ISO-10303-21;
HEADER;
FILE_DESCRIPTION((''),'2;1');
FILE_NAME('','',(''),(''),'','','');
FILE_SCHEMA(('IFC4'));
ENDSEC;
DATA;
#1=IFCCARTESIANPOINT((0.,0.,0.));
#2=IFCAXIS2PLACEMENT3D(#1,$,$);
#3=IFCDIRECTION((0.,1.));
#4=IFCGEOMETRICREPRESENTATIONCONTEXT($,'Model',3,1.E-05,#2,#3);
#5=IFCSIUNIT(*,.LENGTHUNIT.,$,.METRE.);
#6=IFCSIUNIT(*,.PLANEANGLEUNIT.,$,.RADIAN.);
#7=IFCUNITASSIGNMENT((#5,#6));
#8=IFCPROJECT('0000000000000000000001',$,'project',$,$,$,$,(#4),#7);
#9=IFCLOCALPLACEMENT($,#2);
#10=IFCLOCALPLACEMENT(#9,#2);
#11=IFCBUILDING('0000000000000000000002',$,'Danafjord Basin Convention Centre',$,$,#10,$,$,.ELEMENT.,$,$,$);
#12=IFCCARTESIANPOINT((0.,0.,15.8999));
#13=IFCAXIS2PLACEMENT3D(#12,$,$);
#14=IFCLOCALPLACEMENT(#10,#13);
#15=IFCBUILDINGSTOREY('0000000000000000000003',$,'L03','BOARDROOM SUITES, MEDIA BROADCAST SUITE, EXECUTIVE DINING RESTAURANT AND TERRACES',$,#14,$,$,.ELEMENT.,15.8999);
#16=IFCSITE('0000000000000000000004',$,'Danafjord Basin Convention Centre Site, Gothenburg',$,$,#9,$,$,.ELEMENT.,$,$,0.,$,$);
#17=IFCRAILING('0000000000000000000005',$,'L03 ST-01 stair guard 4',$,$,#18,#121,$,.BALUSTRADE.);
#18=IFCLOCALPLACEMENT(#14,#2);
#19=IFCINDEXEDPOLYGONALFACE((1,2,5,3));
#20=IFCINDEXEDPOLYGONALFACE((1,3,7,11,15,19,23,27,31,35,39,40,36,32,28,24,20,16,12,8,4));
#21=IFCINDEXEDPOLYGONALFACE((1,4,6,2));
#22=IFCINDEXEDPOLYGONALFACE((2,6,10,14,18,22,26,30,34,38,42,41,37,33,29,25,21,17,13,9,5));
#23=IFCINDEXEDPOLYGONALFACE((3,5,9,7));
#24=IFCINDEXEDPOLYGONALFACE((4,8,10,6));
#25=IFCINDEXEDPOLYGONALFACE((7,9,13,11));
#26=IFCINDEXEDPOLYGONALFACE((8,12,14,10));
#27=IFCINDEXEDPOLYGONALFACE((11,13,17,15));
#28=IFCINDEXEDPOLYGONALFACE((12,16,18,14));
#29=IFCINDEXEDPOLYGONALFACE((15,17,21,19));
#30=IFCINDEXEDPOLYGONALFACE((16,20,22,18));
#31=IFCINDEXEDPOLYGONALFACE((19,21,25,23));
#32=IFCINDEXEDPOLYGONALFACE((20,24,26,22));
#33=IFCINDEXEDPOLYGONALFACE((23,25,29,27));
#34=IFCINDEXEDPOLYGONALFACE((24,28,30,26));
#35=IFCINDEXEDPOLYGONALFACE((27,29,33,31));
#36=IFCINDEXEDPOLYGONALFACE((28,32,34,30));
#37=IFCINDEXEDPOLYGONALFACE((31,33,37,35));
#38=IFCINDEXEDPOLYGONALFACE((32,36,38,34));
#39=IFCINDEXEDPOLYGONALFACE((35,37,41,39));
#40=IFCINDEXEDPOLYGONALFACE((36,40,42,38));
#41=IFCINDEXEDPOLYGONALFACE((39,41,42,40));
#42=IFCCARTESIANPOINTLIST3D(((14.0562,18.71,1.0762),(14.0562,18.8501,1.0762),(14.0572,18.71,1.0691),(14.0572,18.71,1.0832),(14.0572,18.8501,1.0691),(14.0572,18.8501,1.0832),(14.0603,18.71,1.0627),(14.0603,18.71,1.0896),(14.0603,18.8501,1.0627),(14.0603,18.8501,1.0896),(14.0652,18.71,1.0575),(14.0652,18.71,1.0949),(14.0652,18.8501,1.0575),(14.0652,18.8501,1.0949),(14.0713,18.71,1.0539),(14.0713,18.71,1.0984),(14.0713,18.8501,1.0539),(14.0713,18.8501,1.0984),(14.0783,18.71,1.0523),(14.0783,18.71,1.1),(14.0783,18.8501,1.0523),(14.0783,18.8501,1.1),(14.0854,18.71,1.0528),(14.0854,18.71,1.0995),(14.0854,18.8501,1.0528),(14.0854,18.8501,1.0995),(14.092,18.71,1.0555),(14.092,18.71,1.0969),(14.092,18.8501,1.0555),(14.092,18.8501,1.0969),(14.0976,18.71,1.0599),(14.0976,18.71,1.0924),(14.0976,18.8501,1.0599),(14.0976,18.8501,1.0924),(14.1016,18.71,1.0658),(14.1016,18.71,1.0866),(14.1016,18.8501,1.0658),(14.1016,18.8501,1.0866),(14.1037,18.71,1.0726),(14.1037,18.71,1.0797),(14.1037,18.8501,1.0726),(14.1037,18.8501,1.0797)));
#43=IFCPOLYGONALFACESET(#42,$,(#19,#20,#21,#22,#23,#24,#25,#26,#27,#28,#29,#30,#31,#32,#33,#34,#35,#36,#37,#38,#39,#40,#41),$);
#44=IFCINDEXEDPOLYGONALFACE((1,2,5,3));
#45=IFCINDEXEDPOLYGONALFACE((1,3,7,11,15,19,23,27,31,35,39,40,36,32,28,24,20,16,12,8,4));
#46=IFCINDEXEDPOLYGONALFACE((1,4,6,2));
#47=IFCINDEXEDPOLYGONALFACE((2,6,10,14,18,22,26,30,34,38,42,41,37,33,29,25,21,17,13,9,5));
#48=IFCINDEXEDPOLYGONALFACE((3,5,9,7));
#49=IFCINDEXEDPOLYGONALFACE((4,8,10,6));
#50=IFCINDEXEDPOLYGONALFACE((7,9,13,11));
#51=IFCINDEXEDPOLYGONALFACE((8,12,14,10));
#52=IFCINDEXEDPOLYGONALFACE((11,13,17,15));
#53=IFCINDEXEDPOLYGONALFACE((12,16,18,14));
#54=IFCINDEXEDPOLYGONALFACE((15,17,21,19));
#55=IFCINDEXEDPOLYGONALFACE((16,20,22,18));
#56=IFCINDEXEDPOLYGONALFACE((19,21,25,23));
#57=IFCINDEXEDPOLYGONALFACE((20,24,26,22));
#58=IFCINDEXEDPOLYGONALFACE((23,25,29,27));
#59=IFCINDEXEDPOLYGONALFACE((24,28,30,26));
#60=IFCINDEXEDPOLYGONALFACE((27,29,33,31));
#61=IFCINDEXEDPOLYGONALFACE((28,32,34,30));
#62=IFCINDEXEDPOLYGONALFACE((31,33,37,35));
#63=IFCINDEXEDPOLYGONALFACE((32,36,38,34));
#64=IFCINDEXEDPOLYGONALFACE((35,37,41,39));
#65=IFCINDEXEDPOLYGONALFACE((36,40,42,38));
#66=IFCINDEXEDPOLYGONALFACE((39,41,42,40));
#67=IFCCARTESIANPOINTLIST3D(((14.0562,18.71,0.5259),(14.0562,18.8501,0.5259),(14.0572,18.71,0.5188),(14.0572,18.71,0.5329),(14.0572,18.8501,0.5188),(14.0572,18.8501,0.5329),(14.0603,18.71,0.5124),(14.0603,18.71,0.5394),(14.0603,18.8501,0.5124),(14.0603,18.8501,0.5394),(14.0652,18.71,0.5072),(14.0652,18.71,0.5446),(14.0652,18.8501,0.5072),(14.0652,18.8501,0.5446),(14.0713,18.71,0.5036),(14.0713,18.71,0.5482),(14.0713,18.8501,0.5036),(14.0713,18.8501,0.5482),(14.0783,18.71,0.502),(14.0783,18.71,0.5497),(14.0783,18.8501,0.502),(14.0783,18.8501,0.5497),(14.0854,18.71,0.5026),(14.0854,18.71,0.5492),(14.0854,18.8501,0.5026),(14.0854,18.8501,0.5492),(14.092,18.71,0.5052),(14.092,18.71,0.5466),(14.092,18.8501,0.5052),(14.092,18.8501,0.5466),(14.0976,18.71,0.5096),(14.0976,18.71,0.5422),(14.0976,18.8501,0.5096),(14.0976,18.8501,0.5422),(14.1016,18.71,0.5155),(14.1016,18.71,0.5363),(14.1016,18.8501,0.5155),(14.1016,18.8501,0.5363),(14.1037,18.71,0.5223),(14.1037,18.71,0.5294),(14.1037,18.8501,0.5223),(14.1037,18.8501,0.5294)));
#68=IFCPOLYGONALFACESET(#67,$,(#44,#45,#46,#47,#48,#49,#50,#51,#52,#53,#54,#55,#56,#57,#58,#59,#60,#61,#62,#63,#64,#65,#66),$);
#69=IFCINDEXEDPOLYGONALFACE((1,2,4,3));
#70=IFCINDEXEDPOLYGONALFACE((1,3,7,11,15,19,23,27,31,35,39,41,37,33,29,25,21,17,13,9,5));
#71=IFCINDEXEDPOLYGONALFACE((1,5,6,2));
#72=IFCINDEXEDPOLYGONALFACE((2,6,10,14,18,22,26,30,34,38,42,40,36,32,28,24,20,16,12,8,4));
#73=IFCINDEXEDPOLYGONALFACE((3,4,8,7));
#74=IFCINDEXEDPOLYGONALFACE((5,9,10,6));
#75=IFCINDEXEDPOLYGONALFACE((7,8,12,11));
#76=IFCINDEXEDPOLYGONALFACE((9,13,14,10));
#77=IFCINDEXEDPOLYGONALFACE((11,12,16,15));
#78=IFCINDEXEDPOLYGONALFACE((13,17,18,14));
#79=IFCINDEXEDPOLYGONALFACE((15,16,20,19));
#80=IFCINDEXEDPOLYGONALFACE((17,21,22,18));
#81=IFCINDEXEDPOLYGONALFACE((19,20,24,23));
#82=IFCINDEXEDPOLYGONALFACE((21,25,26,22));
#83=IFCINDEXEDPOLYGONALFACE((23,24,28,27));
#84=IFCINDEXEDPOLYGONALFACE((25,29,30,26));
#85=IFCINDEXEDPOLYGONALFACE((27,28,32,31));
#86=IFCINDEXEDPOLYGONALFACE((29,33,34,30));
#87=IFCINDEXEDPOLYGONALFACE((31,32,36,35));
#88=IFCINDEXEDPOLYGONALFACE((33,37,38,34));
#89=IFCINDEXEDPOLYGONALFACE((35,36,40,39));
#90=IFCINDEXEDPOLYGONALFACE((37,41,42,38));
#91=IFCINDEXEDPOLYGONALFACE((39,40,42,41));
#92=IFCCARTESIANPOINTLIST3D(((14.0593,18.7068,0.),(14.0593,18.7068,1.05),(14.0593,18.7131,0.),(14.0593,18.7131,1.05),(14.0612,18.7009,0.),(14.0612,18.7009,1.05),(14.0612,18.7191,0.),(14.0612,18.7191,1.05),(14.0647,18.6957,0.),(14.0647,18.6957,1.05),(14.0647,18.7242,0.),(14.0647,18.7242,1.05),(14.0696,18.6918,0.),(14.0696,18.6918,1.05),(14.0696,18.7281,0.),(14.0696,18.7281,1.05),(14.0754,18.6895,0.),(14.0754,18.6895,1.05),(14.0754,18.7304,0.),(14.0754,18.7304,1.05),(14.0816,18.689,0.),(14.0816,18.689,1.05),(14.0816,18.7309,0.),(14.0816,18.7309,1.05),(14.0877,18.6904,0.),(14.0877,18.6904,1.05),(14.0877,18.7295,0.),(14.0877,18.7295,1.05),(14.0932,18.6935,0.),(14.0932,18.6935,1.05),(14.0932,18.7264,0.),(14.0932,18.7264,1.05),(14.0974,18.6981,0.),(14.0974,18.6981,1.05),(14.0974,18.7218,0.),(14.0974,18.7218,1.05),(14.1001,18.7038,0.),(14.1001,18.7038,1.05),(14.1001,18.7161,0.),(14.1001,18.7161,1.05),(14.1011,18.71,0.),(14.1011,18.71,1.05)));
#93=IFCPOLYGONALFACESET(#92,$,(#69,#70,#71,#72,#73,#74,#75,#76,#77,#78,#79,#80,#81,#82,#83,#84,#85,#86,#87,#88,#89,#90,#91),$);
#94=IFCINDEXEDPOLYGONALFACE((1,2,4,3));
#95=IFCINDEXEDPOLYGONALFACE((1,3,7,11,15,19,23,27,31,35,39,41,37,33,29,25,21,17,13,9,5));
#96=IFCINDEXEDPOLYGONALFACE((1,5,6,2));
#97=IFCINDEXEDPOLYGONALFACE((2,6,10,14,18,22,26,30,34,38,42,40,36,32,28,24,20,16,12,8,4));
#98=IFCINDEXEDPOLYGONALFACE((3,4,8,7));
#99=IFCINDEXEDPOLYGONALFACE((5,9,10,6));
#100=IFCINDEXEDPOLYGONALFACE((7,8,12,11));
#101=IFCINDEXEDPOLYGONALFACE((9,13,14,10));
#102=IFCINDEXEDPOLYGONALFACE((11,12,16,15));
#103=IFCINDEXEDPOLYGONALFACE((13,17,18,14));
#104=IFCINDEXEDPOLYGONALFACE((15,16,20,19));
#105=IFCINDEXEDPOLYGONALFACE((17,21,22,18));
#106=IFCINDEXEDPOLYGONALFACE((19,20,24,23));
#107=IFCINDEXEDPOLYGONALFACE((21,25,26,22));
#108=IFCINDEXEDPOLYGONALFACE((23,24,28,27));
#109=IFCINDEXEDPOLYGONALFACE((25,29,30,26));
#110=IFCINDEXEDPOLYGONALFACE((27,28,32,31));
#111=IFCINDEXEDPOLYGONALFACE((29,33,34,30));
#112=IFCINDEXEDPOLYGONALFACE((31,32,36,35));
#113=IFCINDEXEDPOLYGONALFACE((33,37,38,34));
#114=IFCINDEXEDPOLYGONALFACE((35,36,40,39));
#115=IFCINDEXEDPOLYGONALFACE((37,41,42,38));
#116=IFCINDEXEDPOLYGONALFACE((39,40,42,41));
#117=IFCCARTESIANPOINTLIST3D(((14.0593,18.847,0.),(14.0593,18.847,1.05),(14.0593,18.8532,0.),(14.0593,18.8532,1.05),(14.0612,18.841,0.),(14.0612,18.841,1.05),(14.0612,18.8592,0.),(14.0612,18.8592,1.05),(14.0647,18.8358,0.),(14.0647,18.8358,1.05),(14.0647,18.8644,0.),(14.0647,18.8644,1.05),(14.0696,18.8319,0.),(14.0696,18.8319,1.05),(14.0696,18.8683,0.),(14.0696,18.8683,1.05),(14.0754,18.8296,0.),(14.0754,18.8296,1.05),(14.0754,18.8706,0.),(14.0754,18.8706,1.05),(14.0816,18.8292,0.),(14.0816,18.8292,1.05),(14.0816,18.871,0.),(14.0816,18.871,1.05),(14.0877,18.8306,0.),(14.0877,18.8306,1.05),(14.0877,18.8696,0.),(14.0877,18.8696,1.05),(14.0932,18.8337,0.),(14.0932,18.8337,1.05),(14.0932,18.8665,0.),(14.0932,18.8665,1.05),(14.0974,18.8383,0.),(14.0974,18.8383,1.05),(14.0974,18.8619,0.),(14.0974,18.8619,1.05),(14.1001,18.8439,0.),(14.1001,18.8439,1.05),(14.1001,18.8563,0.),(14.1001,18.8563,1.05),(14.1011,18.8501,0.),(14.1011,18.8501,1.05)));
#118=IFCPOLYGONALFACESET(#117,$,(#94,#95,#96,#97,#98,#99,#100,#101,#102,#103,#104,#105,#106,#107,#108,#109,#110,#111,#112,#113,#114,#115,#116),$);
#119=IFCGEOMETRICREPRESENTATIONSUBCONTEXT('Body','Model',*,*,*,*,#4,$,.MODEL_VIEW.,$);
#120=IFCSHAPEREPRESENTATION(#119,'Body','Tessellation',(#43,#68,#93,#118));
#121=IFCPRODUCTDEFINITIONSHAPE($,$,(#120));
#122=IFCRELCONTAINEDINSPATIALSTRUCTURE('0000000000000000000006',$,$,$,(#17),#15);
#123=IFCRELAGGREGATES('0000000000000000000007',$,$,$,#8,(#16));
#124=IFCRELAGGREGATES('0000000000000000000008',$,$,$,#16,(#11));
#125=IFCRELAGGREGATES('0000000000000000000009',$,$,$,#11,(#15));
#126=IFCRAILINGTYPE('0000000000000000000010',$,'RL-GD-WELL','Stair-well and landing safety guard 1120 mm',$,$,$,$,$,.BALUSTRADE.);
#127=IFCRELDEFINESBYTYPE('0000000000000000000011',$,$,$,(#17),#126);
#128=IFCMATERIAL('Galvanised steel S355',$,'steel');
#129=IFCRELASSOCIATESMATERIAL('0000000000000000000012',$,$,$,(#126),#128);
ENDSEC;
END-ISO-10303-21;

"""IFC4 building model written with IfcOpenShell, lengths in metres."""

from ifc_helpers import new_model, si_unit, direction, frame, origin, origin_2d, place, context, subcontext, project, spatial, circle, extrude, material, type_object, element, save


model = new_model("IFC4")

# Units and contexts
model_context = context("Model", 3, precision=1e-05, world=origin(), true_north=direction((0.0, 1.0)))
body_context = subcontext(model_context, "Body", "Model", "MODEL_VIEW")
ifc_project = project(units=[si_unit("LENGTHUNIT", "METRE"), si_unit("PLANEANGLEUNIT", "RADIAN")], contexts=[model_context])

# Site, building, storey
site_placement = place(None, origin())
site = spatial("IfcSite", under=ifc_project, at=site_placement, Name="Danafjord Basin Convention Centre Site, Gothenburg", CompositionType="ELEMENT", RefElevation=0.0)
building_placement = place(site_placement, origin())
building = spatial("IfcBuilding", under=site, at=building_placement, Name="Danafjord Basin Convention Centre", CompositionType="ELEMENT")
storey_placement = place(building_placement, frame((0.0, 0.0, 15.8999)))
storey = spatial("IfcBuildingStorey", under=building, at=storey_placement, Name="L03", Description="BOARDROOM SUITES, MEDIA BROADCAST SUITE, EXECUTIVE DINING RESTAURANT AND TERRACES", CompositionType="ELEMENT", Elevation=15.8999)

# Railing
ifc_material_1 = material(Name="Galvanised steel S355", Category="steel")
railing_type_1 = type_object("IfcRailingType", Name="RL-GD-WELL", Description="Stair-well and landing safety guard 1120 mm", PredefinedType="BALUSTRADE", material=ifc_material_1)
railing_1_placement = place(storey_placement, frame((14.0801, 18.71, 0.0)))
element("IfcRailing", 1, at=railing_1_placement, inside=storey, type_object=railing_type_1, Name="L03 ST-01 stair guard 4", PredefinedType="BALUSTRADE", context=body_context, shape_type="SweptSolid", body=[
    extrude(circle(Radius=0.0239, at=origin_2d()), frame((0.0, 0.0, 1.0762), z_axis=(0.0, 1.0, 0.0), x_axis=(-1.0, 0.0, 0.0)), (0.0, 0.0, 1.0), 0.1401),
    extrude(circle(Radius=0.0239, at=origin_2d()), frame((0.0, 0.0, 0.5259), z_axis=(0.0, 1.0, 0.0), x_axis=(-1.0, 0.0, 0.0)), (0.0, 0.0, 1.0), 0.1401),
    extrude(circle(Radius=0.021, at=origin_2d()), origin(), (0.0, 0.0, 1.0), 1.05),
    extrude(circle(Radius=0.021, at=origin_2d()), frame((0.0, 0.1401, 0.0)), (0.0, 0.0, 1.0), 1.05),
])

save(model, "model.ifc")
